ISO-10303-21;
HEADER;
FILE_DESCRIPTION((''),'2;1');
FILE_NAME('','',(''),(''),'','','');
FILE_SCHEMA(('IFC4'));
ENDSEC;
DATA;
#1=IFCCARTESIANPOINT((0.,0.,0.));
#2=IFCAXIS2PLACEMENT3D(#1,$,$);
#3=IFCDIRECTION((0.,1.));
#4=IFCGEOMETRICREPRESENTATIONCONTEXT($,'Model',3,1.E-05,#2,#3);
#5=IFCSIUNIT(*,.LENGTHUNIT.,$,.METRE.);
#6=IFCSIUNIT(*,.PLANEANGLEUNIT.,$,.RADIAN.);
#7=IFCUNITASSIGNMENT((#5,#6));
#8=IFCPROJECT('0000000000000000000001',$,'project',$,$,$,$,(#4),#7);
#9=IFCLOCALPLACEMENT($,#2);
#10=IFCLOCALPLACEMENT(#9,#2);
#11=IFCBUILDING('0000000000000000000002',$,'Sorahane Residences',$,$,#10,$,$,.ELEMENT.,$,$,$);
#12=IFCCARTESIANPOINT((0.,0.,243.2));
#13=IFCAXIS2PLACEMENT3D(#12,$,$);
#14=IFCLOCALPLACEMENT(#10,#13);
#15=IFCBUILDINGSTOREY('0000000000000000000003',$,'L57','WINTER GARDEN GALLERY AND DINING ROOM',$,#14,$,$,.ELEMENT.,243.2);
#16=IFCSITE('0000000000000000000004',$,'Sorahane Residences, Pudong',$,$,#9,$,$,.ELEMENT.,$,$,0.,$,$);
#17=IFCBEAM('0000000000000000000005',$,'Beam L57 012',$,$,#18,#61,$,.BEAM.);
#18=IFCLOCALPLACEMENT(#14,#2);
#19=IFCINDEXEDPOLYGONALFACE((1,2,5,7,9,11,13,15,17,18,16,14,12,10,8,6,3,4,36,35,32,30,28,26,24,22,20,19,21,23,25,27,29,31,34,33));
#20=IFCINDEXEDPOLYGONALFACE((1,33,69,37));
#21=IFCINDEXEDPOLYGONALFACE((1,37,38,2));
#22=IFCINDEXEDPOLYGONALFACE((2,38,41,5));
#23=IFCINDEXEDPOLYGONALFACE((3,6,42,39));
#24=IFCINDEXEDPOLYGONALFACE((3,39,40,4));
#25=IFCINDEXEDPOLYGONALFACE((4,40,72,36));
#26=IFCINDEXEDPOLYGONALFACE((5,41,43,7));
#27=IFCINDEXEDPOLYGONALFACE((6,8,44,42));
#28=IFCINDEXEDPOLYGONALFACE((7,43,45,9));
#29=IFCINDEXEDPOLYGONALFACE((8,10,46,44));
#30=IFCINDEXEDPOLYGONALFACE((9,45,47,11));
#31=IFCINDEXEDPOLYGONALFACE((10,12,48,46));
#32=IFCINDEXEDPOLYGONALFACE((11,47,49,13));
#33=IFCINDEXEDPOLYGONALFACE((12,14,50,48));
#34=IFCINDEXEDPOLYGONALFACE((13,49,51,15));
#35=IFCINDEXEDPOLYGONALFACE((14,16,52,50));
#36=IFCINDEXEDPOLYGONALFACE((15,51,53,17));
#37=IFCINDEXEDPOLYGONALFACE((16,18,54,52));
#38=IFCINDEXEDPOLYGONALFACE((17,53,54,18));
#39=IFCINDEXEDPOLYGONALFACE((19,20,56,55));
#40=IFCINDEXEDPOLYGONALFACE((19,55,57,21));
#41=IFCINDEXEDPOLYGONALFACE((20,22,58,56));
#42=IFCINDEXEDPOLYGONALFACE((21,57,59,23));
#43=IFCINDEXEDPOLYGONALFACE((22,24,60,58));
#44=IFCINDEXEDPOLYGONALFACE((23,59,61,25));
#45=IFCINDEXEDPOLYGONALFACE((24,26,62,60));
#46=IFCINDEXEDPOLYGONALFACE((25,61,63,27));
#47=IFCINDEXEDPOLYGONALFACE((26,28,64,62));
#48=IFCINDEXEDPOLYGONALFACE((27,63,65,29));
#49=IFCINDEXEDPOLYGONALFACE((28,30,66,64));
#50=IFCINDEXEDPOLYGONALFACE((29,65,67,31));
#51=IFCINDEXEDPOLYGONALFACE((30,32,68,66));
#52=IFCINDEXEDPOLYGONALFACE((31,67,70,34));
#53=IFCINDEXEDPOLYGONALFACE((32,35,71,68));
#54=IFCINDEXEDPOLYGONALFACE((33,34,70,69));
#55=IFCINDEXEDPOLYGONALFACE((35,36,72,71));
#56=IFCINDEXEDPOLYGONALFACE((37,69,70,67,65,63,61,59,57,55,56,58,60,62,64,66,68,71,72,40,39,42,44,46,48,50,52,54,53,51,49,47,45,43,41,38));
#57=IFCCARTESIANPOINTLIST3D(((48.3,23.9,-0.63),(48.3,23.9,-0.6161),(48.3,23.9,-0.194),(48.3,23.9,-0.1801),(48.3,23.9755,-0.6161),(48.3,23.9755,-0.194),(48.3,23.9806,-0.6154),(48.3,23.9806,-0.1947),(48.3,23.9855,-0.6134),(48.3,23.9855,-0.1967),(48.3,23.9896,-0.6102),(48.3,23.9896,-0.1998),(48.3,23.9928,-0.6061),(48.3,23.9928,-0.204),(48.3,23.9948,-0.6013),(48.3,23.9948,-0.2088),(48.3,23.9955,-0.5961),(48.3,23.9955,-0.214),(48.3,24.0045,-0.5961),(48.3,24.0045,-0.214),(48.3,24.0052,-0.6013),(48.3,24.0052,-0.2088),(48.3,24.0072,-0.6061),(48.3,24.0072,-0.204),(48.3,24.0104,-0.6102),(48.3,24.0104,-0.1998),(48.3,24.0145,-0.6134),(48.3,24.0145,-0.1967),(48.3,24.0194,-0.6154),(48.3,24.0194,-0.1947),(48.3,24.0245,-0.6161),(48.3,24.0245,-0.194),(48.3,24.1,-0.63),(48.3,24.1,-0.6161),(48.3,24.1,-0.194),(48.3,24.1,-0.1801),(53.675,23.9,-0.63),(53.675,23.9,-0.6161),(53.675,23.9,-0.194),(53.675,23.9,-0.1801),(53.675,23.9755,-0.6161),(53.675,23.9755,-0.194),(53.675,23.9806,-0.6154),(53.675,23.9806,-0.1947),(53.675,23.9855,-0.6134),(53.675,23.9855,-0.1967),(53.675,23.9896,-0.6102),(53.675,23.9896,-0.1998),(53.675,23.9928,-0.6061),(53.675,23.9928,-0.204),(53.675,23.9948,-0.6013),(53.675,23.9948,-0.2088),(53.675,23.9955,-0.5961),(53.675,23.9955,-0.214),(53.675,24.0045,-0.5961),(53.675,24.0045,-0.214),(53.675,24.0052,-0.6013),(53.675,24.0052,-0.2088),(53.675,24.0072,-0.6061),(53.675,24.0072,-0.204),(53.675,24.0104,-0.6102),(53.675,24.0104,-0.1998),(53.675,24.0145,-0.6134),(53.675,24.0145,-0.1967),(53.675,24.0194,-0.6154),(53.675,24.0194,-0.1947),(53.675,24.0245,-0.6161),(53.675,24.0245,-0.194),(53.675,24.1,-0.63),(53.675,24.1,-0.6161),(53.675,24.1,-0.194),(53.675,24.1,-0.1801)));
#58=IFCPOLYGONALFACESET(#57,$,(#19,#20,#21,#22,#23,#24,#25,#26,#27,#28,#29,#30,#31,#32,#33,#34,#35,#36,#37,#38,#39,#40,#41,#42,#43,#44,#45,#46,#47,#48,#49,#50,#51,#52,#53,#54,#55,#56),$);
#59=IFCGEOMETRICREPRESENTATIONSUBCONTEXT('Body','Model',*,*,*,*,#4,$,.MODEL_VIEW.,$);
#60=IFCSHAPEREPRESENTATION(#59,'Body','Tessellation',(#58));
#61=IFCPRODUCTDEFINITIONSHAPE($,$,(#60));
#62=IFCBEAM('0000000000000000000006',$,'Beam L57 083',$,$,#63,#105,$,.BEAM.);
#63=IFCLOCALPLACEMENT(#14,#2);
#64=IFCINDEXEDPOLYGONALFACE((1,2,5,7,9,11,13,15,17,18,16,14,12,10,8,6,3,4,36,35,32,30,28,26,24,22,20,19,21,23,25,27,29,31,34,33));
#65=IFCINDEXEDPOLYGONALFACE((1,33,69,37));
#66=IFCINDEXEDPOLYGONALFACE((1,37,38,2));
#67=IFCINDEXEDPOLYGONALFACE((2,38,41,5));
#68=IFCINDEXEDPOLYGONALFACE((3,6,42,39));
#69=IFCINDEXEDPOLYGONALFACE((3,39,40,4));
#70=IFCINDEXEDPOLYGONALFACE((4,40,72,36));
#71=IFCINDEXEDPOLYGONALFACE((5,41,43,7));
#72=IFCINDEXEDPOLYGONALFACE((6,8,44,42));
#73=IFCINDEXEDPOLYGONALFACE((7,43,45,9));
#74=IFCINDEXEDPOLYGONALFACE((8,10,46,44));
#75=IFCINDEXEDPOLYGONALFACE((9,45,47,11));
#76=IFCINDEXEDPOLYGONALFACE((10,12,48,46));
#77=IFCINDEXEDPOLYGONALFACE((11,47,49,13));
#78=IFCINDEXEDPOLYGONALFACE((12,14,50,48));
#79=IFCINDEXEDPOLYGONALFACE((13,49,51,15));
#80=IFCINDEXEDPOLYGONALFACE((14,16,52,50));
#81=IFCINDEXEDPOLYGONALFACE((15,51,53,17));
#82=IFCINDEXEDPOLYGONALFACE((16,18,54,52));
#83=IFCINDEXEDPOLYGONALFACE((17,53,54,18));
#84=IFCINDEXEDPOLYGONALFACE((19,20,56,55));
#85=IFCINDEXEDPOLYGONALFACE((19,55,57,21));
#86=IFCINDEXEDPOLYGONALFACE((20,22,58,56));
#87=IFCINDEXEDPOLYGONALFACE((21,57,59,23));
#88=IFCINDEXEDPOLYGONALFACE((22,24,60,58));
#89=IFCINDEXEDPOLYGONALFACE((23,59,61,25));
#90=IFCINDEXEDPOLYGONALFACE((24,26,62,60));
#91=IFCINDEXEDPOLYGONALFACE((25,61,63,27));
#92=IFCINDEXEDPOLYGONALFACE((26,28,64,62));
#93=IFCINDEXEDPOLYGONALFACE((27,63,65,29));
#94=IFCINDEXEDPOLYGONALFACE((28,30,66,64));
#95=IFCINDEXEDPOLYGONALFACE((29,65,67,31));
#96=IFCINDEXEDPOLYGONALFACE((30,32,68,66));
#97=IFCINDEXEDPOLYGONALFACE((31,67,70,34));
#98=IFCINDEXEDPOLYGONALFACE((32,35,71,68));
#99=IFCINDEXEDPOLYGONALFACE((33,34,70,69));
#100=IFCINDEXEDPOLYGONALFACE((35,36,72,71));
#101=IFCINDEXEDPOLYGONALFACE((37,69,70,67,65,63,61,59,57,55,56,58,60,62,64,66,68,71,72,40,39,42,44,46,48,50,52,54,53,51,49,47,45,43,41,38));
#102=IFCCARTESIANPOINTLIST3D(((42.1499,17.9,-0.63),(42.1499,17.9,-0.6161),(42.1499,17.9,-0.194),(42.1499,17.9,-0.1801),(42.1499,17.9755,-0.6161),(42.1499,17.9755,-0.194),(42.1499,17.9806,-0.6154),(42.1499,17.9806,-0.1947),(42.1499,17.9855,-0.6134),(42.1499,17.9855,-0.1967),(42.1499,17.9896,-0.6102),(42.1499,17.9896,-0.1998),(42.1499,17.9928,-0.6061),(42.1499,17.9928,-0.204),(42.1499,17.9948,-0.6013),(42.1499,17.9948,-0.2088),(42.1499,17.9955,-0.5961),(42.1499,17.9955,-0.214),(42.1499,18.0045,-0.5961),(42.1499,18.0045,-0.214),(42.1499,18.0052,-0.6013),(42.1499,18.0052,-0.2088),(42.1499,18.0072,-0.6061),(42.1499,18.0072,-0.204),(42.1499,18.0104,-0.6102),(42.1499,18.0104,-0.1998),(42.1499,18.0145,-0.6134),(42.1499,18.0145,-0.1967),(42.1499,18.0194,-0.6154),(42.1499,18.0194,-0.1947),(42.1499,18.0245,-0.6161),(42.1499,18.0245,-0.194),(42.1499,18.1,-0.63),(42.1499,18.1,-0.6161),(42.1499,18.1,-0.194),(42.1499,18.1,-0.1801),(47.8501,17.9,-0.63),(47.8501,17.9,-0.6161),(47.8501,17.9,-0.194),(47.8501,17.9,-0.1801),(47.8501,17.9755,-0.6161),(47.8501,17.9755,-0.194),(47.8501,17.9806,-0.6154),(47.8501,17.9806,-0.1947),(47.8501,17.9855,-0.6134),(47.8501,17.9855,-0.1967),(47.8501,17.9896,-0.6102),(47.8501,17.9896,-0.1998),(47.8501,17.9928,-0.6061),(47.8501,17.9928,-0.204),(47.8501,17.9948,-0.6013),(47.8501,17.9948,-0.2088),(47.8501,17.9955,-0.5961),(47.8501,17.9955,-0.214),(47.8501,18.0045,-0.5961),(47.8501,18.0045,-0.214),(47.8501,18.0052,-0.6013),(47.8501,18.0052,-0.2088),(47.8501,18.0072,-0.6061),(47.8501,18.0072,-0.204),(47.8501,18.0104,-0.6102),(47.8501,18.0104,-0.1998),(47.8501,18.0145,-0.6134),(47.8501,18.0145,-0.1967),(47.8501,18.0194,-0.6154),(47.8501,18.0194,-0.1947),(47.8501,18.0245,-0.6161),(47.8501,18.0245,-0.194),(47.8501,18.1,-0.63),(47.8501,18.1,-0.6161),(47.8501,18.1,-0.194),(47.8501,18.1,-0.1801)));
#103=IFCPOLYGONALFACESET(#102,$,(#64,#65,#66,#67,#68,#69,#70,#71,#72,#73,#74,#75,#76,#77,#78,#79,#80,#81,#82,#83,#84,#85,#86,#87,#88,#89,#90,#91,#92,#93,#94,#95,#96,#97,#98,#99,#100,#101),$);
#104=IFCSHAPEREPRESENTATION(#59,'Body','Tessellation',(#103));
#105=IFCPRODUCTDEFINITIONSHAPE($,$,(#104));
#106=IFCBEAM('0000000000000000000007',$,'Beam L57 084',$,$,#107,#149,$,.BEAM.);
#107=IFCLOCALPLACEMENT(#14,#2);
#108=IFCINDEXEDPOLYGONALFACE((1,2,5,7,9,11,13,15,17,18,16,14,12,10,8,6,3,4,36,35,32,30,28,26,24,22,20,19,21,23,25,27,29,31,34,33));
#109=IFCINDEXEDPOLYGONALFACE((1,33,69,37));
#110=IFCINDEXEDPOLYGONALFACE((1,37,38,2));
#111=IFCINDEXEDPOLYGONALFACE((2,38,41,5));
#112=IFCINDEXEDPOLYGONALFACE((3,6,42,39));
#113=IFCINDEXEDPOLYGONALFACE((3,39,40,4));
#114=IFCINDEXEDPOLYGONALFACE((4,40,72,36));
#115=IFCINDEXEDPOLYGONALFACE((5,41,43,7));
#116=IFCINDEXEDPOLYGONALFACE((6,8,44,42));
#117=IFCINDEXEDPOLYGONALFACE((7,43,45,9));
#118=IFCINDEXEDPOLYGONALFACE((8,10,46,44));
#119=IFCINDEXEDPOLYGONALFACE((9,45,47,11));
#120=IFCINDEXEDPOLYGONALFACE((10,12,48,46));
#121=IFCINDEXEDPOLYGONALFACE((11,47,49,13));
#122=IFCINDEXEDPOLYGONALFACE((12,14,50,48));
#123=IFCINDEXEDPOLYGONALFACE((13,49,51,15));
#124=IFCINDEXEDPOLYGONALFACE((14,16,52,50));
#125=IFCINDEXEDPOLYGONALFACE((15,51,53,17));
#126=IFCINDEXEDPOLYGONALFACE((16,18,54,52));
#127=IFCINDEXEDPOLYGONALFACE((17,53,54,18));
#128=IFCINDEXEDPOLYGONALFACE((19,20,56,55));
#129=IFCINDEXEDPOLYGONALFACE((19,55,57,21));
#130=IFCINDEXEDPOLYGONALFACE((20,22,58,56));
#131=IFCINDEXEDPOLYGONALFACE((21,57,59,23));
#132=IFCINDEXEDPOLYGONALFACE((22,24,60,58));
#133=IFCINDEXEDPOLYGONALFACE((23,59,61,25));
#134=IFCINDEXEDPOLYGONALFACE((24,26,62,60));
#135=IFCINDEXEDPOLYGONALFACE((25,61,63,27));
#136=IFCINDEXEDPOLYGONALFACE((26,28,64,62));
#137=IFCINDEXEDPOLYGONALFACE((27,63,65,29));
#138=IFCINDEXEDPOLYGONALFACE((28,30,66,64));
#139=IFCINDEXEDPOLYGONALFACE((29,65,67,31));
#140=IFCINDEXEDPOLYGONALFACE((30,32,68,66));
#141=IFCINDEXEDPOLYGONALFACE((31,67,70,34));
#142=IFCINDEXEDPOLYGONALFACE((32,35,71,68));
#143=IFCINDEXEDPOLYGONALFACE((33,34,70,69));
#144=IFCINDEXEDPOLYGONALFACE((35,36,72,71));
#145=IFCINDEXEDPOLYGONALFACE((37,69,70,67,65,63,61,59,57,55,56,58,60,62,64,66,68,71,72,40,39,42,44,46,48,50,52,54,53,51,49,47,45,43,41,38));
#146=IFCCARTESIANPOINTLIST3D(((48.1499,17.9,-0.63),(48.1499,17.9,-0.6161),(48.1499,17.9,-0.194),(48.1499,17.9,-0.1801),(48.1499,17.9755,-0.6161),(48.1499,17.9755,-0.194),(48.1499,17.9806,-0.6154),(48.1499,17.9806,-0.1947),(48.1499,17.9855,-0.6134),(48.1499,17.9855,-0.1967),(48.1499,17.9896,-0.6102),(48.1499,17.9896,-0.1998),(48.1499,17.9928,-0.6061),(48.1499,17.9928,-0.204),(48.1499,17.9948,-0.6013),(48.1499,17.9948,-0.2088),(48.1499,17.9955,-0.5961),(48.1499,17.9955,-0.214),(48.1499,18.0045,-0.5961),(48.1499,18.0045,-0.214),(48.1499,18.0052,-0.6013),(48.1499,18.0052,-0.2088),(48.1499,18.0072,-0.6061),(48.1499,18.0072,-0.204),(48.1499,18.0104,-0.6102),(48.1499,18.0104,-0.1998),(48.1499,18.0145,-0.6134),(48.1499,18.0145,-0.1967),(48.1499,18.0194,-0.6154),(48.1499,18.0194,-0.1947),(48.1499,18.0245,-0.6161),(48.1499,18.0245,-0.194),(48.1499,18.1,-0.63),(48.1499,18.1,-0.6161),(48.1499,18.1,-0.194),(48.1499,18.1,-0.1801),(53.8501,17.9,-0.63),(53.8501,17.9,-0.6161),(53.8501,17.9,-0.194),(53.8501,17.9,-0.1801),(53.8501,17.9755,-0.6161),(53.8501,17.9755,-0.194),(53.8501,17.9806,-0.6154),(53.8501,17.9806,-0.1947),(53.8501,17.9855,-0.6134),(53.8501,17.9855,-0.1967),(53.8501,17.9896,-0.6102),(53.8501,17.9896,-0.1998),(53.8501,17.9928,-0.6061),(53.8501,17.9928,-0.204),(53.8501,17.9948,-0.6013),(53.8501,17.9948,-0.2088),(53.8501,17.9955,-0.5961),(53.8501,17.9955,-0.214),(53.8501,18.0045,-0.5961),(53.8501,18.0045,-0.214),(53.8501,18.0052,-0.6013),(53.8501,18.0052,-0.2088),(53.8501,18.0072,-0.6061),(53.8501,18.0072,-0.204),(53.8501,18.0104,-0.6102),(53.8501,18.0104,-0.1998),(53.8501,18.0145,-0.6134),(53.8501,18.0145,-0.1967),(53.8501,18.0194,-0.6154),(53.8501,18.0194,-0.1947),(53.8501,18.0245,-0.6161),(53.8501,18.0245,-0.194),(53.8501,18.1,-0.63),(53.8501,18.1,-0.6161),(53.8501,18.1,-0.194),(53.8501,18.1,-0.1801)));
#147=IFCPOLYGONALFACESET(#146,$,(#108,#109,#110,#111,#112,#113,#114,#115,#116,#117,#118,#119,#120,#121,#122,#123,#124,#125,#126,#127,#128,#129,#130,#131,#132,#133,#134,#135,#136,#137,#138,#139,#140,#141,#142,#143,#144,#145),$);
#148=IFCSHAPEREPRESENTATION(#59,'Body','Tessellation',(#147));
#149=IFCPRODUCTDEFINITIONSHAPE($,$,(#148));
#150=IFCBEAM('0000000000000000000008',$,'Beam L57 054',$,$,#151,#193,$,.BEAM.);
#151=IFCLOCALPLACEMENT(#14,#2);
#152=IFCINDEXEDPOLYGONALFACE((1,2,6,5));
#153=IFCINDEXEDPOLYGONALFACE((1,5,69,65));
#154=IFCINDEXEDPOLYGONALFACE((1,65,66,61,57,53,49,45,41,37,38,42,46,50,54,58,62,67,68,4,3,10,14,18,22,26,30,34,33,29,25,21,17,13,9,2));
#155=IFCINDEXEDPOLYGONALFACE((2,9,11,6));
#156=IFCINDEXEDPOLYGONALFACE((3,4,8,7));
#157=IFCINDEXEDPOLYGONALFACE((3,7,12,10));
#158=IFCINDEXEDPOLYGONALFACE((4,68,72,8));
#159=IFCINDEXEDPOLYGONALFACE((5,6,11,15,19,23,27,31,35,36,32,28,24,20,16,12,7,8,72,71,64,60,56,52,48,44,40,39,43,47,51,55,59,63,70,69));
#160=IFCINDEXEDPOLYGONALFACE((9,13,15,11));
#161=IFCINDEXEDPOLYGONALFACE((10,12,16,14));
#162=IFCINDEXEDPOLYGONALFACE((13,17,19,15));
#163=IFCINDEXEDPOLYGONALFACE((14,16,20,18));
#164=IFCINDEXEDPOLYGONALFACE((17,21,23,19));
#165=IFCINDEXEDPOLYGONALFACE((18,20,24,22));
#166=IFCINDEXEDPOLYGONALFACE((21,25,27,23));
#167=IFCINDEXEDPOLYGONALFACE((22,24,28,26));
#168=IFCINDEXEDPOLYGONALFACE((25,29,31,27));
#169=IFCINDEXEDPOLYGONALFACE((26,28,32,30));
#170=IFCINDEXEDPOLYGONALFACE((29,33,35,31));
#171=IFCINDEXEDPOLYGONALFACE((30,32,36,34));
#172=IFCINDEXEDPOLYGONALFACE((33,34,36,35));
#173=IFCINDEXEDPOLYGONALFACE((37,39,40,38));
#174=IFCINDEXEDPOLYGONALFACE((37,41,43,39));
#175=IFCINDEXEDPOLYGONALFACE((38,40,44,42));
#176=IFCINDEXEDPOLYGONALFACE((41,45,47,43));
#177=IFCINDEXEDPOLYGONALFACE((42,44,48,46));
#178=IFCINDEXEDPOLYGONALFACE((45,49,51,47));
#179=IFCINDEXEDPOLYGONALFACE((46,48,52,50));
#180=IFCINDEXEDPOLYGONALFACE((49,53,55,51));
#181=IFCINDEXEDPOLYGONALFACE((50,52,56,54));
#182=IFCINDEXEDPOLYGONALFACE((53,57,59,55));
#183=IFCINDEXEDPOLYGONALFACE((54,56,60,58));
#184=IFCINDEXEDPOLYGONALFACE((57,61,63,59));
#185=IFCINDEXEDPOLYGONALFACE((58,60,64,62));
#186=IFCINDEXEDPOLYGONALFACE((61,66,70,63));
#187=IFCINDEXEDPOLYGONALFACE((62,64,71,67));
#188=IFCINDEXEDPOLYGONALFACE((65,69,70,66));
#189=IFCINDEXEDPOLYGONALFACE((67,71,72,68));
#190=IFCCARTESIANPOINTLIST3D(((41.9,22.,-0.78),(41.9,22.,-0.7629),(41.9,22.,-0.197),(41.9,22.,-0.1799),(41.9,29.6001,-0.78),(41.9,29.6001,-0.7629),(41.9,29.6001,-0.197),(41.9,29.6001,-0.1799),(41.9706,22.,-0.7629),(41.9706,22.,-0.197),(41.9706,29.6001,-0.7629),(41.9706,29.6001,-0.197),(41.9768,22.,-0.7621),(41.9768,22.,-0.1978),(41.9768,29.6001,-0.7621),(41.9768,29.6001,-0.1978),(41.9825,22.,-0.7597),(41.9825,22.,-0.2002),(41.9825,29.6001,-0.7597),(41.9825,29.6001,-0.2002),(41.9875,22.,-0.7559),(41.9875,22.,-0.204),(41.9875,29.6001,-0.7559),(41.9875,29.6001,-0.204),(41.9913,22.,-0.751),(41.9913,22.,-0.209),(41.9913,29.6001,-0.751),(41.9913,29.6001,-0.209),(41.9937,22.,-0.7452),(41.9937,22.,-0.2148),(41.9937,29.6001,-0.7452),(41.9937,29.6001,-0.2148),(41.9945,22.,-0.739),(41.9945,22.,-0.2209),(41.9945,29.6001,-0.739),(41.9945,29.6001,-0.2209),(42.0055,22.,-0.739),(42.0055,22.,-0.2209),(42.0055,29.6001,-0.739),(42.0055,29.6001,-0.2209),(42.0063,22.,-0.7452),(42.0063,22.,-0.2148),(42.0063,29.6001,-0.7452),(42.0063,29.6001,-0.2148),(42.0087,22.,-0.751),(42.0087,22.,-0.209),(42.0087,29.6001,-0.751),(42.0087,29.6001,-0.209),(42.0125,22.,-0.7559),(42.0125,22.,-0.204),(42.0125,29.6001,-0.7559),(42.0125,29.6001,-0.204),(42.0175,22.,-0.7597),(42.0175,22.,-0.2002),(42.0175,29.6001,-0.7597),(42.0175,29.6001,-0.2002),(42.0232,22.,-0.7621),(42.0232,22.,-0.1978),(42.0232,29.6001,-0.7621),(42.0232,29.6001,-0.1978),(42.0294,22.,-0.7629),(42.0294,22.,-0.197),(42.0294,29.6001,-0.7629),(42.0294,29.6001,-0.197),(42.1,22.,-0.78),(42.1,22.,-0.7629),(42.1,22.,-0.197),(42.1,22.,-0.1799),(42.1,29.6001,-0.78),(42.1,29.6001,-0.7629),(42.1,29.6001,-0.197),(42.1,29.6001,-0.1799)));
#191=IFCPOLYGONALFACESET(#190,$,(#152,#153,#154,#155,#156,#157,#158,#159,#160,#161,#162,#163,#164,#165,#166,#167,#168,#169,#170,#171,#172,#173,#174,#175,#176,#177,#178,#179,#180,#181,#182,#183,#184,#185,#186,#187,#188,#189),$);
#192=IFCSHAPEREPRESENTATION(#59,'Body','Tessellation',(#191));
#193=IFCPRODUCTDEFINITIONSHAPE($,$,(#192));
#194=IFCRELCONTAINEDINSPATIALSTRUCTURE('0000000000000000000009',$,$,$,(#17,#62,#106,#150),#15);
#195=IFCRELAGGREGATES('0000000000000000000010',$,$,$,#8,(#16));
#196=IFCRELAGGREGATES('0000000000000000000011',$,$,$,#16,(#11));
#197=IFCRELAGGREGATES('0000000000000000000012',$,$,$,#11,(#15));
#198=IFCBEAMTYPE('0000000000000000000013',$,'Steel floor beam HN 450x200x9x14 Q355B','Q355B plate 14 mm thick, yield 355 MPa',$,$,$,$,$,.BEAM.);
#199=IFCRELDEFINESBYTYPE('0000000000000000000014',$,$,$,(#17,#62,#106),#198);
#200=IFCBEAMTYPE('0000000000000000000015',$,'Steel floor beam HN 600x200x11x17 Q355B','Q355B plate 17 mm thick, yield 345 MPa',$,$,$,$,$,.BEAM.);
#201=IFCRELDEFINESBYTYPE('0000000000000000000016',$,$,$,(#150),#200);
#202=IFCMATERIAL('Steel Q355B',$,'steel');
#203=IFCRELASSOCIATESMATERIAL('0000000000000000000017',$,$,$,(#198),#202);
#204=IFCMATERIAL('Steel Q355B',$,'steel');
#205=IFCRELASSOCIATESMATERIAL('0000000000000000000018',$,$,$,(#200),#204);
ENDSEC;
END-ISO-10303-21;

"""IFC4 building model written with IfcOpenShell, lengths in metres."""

from ifc_helpers import new_model, si_unit, direction, frame, origin, origin_2d, place, context, subcontext, project, spatial, i_section, extrude, material, material_profile, profile_set, type_object, element, save


model = new_model("IFC4")

# Units and contexts
model_context = context("Model", 3, precision=1e-05, world=origin(), true_north=direction((0.0, 1.0)))
body_context = subcontext(model_context, "Body", "Model", "MODEL_VIEW")
ifc_project = project(units=[si_unit("LENGTHUNIT", "METRE"), si_unit("PLANEANGLEUNIT", "RADIAN")], contexts=[model_context])

# Site, building, storey
site_placement = place(None, origin())
site = spatial("IfcSite", under=ifc_project, at=site_placement, Name="Sorahane Residences, Pudong", CompositionType="ELEMENT", RefElevation=0.0)
building_placement = place(site_placement, origin())
building = spatial("IfcBuilding", under=site, at=building_placement, Name="Sorahane Residences", CompositionType="ELEMENT")
storey_placement = place(building_placement, frame((0.0, 0.0, 243.2)))
storey = spatial("IfcBuildingStorey", under=building, at=storey_placement, Name="L57", Description="WINTER GARDEN GALLERY AND DINING ROOM", CompositionType="ELEMENT", Elevation=243.2)

# Beams
ifc_material_1 = material(Name="Steel Q355B", Category="steel")
ifc_material_profile_1 = material_profile(ifc_material_1, i_section(OverallWidth=0.2, OverallDepth=0.45, WebThickness=0.009, FlangeThickness=0.0139, FilletRadius=0.02, at=origin_2d()), Name="HN 450x200x9x14")
ifc_profile_set_1 = profile_set([ifc_material_profile_1], Name="Steel Q355B")
beam_type_1 = type_object("IfcBeamType", Name="Steel floor beam HN 450x200x9x14 Q355B", Description="Q355B plate 14 mm thick, yield 355 MPa", PredefinedType="BEAM", material=ifc_profile_set_1)
for number, where, z_axis, x_axis, name in (
    (1, (48.3, 24.0, -0.405), (1.0, 0.0, 0.0), (0.0, 1.0, 0.0), "Beam L57 012"),
):
    element("IfcBeam", number, at=place(storey_placement, frame(where, z_axis=z_axis, x_axis=x_axis)), inside=storey, type_object=beam_type_1, Name=name, PredefinedType="BEAM", context=body_context, shape_type="SweptSolid", body=[
        extrude(i_section(OverallWidth=0.2, OverallDepth=0.45, WebThickness=0.009, FlangeThickness=0.0139, FilletRadius=0.02, at=origin_2d()), origin(), (0.0, 0.0, 1.0), 5.375),
    ])
for number, where, z_axis, x_axis, name in (
    (2, (42.1499, 18.0, -0.405), (1.0, 0.0, 0.0), (0.0, 1.0, 0.0), "Beam L57 083"),
    (3, (48.1499, 18.0, -0.405), (1.0, 0.0, 0.0), (0.0, 1.0, 0.0), "Beam L57 084"),
):
    element("IfcBeam", number, at=place(storey_placement, frame(where, z_axis=z_axis, x_axis=x_axis)), inside=storey, type_object=beam_type_1, Name=name, PredefinedType="BEAM", context=body_context, shape_type="SweptSolid", body=[
        extrude(i_section(OverallWidth=0.2, OverallDepth=0.45, WebThickness=0.009, FlangeThickness=0.0139, FilletRadius=0.02, at=origin_2d()), origin(), (0.0, 0.0, 1.0), 5.7002),
    ])
ifc_material_2 = material(Name="Steel Q355B", Category="steel")
ifc_material_profile_2 = material_profile(ifc_material_2, i_section(OverallWidth=0.2, OverallDepth=0.6001, WebThickness=0.011, FlangeThickness=0.0171, FilletRadius=0.0239, at=origin_2d()), Name="HN 600x200x11x17")
ifc_profile_set_2 = profile_set([ifc_material_profile_2], Name="Steel Q355B")
beam_type_2 = type_object("IfcBeamType", Name="Steel floor beam HN 600x200x11x17 Q355B", Description="Q355B plate 17 mm thick, yield 345 MPa", PredefinedType="BEAM", material=ifc_profile_set_2)
beam_1_placement = place(storey_placement, frame((42.0, 22.0, -0.48), z_axis=(0.0, 1.0, 0.0), x_axis=(-1.0, 0.0, 0.0)))
element("IfcBeam", 4, at=beam_1_placement, inside=storey, type_object=beam_type_2, Name="Beam L57 054", PredefinedType="BEAM", context=body_context, shape_type="SweptSolid", body=[
    extrude(i_section(OverallWidth=0.2, OverallDepth=0.6001, WebThickness=0.011, FlangeThickness=0.0171, FilletRadius=0.0239, at=origin_2d()), origin(), (0.0, 0.0, 1.0), 7.6001),
])

save(model, "model.ifc")
